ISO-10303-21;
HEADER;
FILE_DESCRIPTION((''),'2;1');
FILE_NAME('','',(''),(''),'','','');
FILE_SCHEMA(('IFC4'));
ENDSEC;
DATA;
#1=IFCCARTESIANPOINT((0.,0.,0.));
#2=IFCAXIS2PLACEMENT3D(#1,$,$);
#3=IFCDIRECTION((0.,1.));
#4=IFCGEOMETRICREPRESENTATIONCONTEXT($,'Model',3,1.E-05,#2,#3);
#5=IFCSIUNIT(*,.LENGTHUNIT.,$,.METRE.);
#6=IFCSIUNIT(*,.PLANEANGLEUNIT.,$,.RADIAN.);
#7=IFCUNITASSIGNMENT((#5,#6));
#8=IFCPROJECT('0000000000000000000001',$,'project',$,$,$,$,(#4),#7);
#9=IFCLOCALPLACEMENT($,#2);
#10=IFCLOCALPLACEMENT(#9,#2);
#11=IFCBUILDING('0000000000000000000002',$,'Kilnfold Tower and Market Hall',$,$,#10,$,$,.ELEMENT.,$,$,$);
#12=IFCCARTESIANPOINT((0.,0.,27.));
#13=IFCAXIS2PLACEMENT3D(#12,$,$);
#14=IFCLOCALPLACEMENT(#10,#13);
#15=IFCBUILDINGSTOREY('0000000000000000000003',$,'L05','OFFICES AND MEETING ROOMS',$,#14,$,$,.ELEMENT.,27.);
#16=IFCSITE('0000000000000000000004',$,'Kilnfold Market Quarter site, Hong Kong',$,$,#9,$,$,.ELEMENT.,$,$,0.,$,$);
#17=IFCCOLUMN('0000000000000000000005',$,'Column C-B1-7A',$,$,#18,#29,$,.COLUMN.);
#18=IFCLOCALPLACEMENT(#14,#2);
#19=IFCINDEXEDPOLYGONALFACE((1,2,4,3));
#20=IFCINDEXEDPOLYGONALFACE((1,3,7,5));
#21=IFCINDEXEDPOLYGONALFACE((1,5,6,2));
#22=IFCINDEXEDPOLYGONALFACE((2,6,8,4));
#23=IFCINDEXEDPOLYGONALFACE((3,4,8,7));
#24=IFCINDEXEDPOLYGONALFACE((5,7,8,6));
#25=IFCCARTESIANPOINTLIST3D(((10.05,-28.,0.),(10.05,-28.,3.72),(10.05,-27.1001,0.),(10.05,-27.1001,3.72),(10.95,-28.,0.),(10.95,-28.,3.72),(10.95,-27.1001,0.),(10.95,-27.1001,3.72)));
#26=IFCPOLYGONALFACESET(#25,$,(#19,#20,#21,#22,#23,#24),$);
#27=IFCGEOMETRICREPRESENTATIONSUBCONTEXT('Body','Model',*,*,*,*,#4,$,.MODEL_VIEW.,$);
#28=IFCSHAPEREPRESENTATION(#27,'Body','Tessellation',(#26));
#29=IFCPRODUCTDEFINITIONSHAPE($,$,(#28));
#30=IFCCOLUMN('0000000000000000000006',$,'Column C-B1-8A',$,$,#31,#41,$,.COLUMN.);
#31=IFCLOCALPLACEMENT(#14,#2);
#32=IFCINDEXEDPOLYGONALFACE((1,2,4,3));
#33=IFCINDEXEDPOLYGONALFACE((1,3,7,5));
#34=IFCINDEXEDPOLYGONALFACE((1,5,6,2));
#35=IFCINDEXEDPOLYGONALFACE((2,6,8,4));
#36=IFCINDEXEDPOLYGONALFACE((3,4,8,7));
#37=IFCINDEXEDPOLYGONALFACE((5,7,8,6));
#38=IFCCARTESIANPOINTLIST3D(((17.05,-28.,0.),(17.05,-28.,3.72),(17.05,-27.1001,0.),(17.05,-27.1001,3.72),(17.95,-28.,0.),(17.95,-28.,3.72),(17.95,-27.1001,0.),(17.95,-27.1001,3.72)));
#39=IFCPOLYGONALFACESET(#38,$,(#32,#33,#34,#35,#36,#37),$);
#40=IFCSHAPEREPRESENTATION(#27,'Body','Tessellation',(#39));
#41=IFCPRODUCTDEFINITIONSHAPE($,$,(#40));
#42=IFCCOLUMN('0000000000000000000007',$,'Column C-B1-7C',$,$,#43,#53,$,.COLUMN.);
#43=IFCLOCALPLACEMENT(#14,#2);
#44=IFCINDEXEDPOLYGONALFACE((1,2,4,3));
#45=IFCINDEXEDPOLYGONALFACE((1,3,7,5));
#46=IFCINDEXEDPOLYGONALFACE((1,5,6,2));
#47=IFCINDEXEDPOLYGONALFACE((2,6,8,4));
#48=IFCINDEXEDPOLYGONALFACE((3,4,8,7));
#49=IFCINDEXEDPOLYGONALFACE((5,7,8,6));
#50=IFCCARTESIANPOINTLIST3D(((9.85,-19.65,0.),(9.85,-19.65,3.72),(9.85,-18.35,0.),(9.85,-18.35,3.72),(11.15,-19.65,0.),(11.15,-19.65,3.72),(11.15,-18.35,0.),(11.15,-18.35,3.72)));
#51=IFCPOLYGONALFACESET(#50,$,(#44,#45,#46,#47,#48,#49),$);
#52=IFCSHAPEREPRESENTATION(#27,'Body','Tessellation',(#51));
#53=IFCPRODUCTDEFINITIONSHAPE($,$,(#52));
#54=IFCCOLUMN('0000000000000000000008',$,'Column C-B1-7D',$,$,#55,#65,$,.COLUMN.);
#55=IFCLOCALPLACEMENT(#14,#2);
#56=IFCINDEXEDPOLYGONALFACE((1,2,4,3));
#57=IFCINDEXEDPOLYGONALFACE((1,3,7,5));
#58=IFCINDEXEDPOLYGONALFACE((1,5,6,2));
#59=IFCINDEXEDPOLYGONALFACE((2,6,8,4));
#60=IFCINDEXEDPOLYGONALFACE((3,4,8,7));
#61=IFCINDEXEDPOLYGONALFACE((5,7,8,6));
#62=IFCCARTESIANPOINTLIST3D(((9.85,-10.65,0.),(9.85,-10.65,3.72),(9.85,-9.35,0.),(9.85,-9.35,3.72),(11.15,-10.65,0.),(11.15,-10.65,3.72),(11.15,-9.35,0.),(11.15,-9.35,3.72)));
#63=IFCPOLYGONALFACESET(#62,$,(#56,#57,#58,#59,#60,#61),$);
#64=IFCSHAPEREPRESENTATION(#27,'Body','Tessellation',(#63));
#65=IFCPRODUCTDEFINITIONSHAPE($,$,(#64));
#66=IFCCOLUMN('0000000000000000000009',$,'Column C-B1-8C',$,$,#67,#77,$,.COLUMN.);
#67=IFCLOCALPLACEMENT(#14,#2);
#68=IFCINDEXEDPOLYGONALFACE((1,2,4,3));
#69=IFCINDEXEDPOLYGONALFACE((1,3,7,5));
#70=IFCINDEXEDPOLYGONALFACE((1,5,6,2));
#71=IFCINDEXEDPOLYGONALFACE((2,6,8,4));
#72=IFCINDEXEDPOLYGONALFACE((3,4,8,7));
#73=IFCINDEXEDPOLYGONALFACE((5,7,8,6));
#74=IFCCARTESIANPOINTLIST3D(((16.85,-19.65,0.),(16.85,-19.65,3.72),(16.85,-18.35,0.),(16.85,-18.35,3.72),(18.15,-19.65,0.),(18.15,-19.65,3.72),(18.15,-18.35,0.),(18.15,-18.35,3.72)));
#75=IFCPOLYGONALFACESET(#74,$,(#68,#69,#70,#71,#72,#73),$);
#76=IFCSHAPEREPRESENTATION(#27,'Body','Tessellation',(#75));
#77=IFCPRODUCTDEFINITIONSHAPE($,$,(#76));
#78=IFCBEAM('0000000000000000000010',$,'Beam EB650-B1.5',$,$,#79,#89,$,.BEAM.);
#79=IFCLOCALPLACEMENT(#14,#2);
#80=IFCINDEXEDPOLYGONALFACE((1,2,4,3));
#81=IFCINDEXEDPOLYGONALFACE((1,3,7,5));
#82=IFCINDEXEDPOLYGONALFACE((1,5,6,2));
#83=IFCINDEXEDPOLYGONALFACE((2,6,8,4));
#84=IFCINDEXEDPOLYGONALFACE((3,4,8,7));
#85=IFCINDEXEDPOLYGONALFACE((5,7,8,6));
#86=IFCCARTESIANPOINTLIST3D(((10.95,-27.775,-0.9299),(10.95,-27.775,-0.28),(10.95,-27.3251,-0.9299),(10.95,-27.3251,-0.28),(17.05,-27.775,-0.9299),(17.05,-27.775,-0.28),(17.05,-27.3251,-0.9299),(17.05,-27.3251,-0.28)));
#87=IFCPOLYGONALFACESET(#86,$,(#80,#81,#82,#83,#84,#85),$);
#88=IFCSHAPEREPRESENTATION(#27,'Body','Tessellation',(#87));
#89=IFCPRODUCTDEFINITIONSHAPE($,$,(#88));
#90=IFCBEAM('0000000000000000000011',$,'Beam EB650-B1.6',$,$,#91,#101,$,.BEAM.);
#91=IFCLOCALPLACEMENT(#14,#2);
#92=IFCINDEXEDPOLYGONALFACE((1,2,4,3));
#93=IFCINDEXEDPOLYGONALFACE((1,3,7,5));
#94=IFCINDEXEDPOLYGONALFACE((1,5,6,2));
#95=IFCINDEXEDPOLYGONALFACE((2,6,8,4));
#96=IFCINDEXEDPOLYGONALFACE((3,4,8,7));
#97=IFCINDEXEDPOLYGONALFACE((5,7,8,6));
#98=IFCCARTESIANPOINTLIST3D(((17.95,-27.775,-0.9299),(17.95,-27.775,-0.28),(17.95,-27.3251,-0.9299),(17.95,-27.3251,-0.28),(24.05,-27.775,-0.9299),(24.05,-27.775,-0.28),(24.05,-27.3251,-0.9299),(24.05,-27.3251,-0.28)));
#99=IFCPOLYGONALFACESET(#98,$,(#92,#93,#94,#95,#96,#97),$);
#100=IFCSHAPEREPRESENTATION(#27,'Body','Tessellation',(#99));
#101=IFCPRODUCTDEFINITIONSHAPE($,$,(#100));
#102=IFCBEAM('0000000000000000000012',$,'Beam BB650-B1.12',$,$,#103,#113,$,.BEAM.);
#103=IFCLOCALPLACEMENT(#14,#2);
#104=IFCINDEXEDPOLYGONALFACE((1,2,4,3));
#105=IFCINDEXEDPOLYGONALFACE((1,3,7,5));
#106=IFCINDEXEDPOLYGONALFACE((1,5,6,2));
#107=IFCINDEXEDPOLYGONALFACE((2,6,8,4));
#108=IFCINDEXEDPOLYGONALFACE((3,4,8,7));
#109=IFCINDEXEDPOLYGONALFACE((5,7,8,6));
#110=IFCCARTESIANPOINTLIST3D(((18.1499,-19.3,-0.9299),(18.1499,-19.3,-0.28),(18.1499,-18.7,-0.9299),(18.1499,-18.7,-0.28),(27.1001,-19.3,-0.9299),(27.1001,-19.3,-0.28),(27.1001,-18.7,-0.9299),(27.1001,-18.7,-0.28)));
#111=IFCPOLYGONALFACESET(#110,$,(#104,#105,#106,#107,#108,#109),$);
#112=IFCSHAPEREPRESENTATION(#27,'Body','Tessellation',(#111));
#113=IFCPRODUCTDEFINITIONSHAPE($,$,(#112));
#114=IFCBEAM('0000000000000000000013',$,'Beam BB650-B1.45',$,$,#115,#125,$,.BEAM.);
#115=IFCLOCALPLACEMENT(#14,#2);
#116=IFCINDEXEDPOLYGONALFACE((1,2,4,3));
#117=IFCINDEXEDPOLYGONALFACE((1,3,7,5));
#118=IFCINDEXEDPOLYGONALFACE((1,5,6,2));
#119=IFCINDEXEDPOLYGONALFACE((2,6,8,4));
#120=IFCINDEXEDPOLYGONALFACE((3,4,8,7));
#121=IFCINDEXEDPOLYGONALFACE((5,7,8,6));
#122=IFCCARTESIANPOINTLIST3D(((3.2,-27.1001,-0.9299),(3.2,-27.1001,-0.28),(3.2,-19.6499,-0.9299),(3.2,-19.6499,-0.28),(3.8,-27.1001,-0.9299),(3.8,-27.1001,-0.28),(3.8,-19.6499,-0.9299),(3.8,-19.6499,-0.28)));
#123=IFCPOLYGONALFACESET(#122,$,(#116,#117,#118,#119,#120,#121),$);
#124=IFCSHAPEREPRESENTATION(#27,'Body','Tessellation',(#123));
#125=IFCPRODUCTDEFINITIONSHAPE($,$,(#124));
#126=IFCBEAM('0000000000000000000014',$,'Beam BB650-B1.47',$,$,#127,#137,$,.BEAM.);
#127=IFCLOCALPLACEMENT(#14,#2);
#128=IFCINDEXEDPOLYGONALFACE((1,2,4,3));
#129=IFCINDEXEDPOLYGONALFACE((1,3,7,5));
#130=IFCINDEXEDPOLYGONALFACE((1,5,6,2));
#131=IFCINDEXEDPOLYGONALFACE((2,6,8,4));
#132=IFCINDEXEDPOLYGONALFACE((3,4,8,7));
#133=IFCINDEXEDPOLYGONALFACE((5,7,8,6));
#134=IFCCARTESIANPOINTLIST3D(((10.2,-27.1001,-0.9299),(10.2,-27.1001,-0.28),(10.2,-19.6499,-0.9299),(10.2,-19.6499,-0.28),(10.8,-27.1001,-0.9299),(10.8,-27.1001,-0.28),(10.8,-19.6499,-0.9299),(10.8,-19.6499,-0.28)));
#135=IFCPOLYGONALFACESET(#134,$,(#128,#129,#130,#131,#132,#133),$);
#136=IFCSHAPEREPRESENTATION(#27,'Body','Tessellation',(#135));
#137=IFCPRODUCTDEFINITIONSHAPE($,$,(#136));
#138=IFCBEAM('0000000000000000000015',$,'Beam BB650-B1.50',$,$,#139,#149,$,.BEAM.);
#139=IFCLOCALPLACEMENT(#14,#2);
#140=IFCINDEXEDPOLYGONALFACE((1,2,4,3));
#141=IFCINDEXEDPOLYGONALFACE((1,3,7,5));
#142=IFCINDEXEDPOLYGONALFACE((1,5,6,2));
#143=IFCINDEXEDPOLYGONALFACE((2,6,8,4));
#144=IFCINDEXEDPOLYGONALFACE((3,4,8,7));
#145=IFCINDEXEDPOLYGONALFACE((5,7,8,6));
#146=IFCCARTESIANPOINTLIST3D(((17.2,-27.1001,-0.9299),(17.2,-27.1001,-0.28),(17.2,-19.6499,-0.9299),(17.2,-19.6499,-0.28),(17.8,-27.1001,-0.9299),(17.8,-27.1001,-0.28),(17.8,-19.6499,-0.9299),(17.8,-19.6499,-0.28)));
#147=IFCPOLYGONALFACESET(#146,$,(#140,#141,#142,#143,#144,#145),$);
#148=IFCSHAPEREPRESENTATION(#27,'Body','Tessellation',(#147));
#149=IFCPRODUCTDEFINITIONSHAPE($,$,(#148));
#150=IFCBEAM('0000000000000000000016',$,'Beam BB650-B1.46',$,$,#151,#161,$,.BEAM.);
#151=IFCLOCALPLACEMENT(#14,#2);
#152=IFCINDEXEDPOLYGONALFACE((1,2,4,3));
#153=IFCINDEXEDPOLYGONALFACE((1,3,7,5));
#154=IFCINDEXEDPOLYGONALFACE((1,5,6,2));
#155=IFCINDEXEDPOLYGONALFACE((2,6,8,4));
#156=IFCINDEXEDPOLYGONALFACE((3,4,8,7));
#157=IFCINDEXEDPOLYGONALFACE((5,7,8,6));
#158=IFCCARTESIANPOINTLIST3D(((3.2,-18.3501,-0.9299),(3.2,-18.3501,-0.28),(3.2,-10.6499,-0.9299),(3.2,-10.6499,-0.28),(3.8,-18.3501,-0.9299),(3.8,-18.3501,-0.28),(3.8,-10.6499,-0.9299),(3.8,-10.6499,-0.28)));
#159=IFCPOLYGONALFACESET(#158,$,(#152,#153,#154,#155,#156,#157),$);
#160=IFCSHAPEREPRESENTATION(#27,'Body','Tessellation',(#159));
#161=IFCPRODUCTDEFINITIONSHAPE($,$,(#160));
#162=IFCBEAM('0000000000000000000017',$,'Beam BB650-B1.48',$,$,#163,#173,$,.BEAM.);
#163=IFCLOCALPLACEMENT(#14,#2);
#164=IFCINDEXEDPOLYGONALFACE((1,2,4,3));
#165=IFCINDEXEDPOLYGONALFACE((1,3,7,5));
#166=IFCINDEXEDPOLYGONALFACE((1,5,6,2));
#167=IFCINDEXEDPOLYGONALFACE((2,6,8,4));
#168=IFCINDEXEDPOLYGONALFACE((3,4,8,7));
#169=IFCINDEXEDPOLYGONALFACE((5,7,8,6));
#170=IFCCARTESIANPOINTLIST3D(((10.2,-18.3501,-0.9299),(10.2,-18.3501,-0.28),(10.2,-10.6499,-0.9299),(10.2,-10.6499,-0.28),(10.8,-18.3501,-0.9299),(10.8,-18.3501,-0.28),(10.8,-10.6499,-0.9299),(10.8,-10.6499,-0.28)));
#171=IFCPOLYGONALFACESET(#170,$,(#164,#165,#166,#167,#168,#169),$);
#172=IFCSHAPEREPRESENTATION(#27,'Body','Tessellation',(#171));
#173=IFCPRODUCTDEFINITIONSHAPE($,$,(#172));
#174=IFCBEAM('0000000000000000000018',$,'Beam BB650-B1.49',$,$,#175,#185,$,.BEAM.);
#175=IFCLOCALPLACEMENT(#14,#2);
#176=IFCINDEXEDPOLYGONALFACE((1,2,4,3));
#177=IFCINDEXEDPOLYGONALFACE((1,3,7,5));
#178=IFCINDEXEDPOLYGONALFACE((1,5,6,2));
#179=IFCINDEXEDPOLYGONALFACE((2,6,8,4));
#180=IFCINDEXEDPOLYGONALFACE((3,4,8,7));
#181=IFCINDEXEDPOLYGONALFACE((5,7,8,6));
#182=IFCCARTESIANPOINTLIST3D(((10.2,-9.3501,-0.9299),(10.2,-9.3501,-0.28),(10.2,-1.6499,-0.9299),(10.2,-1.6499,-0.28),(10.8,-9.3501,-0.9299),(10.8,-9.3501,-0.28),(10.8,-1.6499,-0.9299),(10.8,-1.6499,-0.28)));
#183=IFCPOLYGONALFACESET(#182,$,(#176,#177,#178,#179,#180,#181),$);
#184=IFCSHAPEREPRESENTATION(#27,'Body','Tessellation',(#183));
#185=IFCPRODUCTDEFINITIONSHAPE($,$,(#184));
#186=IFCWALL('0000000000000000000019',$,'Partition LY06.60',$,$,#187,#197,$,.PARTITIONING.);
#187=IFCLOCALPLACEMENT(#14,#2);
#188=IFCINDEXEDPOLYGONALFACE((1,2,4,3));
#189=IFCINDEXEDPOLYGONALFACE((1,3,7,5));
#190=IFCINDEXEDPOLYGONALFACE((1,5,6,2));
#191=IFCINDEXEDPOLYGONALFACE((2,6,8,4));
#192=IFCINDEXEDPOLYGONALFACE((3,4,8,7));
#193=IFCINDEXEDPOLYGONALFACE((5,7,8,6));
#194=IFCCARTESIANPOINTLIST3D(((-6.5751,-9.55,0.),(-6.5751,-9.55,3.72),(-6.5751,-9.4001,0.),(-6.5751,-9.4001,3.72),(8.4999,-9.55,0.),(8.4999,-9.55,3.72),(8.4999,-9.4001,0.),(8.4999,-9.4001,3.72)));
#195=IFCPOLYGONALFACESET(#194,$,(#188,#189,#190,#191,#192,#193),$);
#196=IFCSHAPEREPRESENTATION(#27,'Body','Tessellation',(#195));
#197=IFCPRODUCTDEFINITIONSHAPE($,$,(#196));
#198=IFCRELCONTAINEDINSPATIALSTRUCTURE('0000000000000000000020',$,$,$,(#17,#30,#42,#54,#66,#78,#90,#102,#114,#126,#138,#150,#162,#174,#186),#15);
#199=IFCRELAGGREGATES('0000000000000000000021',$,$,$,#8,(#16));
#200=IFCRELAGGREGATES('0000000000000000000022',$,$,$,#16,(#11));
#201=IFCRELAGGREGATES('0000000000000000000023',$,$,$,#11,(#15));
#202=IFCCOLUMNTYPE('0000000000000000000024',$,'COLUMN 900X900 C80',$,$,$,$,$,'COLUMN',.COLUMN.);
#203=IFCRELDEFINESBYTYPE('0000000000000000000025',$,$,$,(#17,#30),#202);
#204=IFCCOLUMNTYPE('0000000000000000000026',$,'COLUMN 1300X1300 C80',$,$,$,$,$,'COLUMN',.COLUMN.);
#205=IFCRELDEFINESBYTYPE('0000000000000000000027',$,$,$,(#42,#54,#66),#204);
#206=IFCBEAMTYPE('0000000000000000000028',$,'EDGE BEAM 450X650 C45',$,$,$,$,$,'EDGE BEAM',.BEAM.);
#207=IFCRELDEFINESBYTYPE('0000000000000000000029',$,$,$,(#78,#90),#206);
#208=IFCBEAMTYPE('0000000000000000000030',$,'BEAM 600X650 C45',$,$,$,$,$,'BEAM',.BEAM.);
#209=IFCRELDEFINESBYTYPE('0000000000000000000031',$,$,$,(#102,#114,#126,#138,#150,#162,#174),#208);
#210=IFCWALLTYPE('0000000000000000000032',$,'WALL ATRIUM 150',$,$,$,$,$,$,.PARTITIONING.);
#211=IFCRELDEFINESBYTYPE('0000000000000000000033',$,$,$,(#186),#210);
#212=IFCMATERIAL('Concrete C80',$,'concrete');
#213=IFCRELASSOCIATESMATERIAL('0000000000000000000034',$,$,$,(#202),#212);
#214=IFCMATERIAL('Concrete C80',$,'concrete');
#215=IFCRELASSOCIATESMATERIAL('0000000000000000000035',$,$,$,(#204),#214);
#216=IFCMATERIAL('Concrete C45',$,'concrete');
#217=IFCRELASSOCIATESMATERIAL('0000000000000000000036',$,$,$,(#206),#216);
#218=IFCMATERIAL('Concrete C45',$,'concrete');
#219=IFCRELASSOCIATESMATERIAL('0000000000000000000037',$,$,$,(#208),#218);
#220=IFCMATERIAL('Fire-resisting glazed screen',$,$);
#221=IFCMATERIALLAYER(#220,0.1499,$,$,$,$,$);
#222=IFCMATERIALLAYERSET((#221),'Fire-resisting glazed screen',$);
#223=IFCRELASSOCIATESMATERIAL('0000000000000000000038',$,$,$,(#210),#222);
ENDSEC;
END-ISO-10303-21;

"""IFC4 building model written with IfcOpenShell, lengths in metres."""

from ifc_helpers import new_model, si_unit, direction, frame, frame_2d, origin, origin_2d, place, context, subcontext, project, spatial, rectangle, extrude, source, transform, mapped, material, layer, layer_set, material_profile, profile_set, type_object, element, save


model = new_model("IFC4")

# Units and contexts
model_context = context("Model", 3, precision=1e-05, world=origin(), true_north=direction((0.0, 1.0)))
body_context = subcontext(model_context, "Body", "Model", "MODEL_VIEW")
ifc_project = project(units=[si_unit("LENGTHUNIT", "METRE"), si_unit("PLANEANGLEUNIT", "RADIAN")], contexts=[model_context])

# Site, building, storey
site_placement = place(None, origin())
site = spatial("IfcSite", under=ifc_project, at=site_placement, Name="Kilnfold Market Quarter site, Hong Kong", CompositionType="ELEMENT", RefElevation=0.0)
building_placement = place(site_placement, origin())
building = spatial("IfcBuilding", under=site, at=building_placement, Name="Kilnfold Tower and Market Hall", CompositionType="ELEMENT")
storey_placement = place(building_placement, frame((0.0, 0.0, 27.0)))
storey = spatial("IfcBuildingStorey", under=building, at=storey_placement, Name="L05", Description="OFFICES AND MEETING ROOMS", CompositionType="ELEMENT", Elevation=27.0)

# Columns
ifc_material_1 = material(Name="Concrete C80", Category="concrete")
ifc_material_profile_1 = material_profile(ifc_material_1, rectangle(XDim=0.8999, YDim=0.8999, at=origin_2d()), Name="RC 900x900")
ifc_profile_set_1 = profile_set([ifc_material_profile_1], Name="Concrete C80")
column_type_1 = type_object("IfcColumnType", Name="COLUMN 900X900 C80", ElementType="COLUMN", PredefinedType="COLUMN", material=ifc_profile_set_1)
shared_shape_1 = source(origin(), body_context, "Body", "SweptSolid", [
    extrude(rectangle(XDim=0.8999, YDim=0.8999, at=origin_2d()), origin(), (0.0, 0.0, 1.0), 3.72),
])
for number, where, z_axis, x_axis, name in (
    (1, (10.5, -27.55, 0.0), (0.0, 0.0, 1.0), (1.0, 0.0, 0.0), "Column C-B1-7A"),
    (2, (17.5, -27.55, 0.0), (0.0, 0.0, 1.0), (1.0, 0.0, 0.0), "Column C-B1-8A"),
):
    element("IfcColumn", number, at=place(storey_placement, frame(where, z_axis=z_axis, x_axis=x_axis)), inside=storey, type_object=column_type_1, Name=name, PredefinedType="COLUMN", context=body_context, shape_type="MappedRepresentation", body=[
        mapped(shared_shape_1, transform((0.0, 0.0, 0.0))),
    ])
ifc_material_2 = material(Name="Concrete C80", Category="concrete")
ifc_material_profile_2 = material_profile(ifc_material_2, rectangle(XDim=1.3, YDim=1.3, at=origin_2d()), Name="RC 1300x1300")
ifc_profile_set_2 = profile_set([ifc_material_profile_2], Name="Concrete C80")
column_type_2 = type_object("IfcColumnType", Name="COLUMN 1300X1300 C80", ElementType="COLUMN", PredefinedType="COLUMN", material=ifc_profile_set_2)
shared_shape_2 = source(origin(), body_context, "Body", "SweptSolid", [
    extrude(rectangle(XDim=1.3, YDim=1.3, at=origin_2d()), origin(), (0.0, 0.0, 1.0), 3.72),
])
for number, where, z_axis, x_axis, name in (
    (3, (10.5, -19.0, 0.0), (0.0, 0.0, 1.0), (1.0, 0.0, 0.0), "Column C-B1-7C"),
    (4, (10.5, -10.0, 0.0), (0.0, 0.0, 1.0), (1.0, 0.0, 0.0), "Column C-B1-7D"),
    (5, (17.5, -19.0, 0.0), (0.0, 0.0, 1.0), (1.0, 0.0, 0.0), "Column C-B1-8C"),
):
    element("IfcColumn", number, at=place(storey_placement, frame(where, z_axis=z_axis, x_axis=x_axis)), inside=storey, type_object=column_type_2, Name=name, PredefinedType="COLUMN", context=body_context, shape_type="MappedRepresentation", body=[
        mapped(shared_shape_2, transform((0.0, 0.0, 0.0))),
    ])

# Beams
ifc_material_3 = material(Name="Concrete C45", Category="concrete")
ifc_material_profile_3 = material_profile(ifc_material_3, rectangle(XDim=0.45, YDim=0.6499, at=origin_2d()), Name="RC 450x650")
ifc_profile_set_3 = profile_set([ifc_material_profile_3], Name="Concrete C45")
beam_type_1 = type_object("IfcBeamType", Name="EDGE BEAM 450X650 C45", ElementType="EDGE BEAM", PredefinedType="BEAM", material=ifc_profile_set_3)
shared_shape_3 = source(origin(), body_context, "Body", "SweptSolid", [
    extrude(rectangle(XDim=0.45, YDim=0.6499, at=origin_2d()), origin(), (0.0, 0.0, 1.0), 6.1001),
])
for number, where, z_axis, x_axis, name in (
    (6, (10.95, -27.55, -0.605), (1.0, 0.0, 0.0), (0.0, 1.0, 0.0), "Beam EB650-B1.5"),
    (7, (17.95, -27.55, -0.605), (1.0, 0.0, 0.0), (0.0, 1.0, 0.0), "Beam EB650-B1.6"),
):
    element("IfcBeam", number, at=place(storey_placement, frame(where, z_axis=z_axis, x_axis=x_axis)), inside=storey, type_object=beam_type_1, Name=name, PredefinedType="BEAM", context=body_context, shape_type="MappedRepresentation", body=[
        mapped(shared_shape_3, transform((0.0, 0.0, 0.0))),
    ])
ifc_material_4 = material(Name="Concrete C45", Category="concrete")
ifc_material_profile_4 = material_profile(ifc_material_4, rectangle(XDim=0.6001, YDim=0.6499, at=origin_2d()), Name="RC 600x650")
ifc_profile_set_4 = profile_set([ifc_material_profile_4], Name="Concrete C45")
beam_type_2 = type_object("IfcBeamType", Name="BEAM 600X650 C45", ElementType="BEAM", PredefinedType="BEAM", material=ifc_profile_set_4)
shared_shape_4 = source(origin(), body_context, "Body", "SweptSolid", [
    extrude(rectangle(XDim=0.6001, YDim=0.6499, at=origin_2d()), origin(), (0.0, 0.0, 1.0), 8.9502),
])
beam_placement = place(storey_placement, frame((18.1499, -19.0, -0.605), z_axis=(1.0, 0.0, 0.0), x_axis=(0.0, 1.0, 0.0)))
element("IfcBeam", 8, at=beam_placement, inside=storey, type_object=beam_type_2, Name="Beam BB650-B1.12", PredefinedType="BEAM", context=body_context, shape_type="MappedRepresentation", body=[
    mapped(shared_shape_4, transform((0.0, 0.0, 0.0))),
])
shared_shape_5 = source(origin(), body_context, "Body", "SweptSolid", [
    extrude(rectangle(XDim=0.6001, YDim=0.6499, at=origin_2d()), origin(), (0.0, 0.0, 1.0), 7.4502),
])
for number, where, z_axis, x_axis, name in (
    (9, (3.5, -27.1001, -0.605), (0.0, 1.0, 0.0), (-1.0, 0.0, 0.0), "Beam BB650-B1.45"),
    (10, (10.5, -27.1001, -0.605), (0.0, 1.0, 0.0), (-1.0, 0.0, 0.0), "Beam BB650-B1.47"),
    (11, (17.5, -27.1001, -0.605), (0.0, 1.0, 0.0), (-1.0, 0.0, 0.0), "Beam BB650-B1.50"),
):
    element("IfcBeam", number, at=place(storey_placement, frame(where, z_axis=z_axis, x_axis=x_axis)), inside=storey, type_object=beam_type_2, Name=name, PredefinedType="BEAM", context=body_context, shape_type="MappedRepresentation", body=[
        mapped(shared_shape_5, transform((0.0, 0.0, 0.0))),
    ])
shared_shape_6 = source(origin(), body_context, "Body", "SweptSolid", [
    extrude(rectangle(XDim=0.6001, YDim=0.6499, at=origin_2d()), origin(), (0.0, 0.0, 1.0), 7.7002),
])
for number, where, z_axis, x_axis, name in (
    (12, (3.5, -18.3501, -0.605), (0.0, 1.0, 0.0), (-1.0, 0.0, 0.0), "Beam BB650-B1.46"),
    (13, (10.5, -18.3501, -0.605), (0.0, 1.0, 0.0), (-1.0, 0.0, 0.0), "Beam BB650-B1.48"),
    (14, (10.5, -9.3501, -0.605), (0.0, 1.0, 0.0), (-1.0, 0.0, 0.0), "Beam BB650-B1.49"),
):
    element("IfcBeam", number, at=place(storey_placement, frame(where, z_axis=z_axis, x_axis=x_axis)), inside=storey, type_object=beam_type_2, Name=name, PredefinedType="BEAM", context=body_context, shape_type="MappedRepresentation", body=[
        mapped(shared_shape_6, transform((0.0, 0.0, 0.0))),
    ])

# Wall
ifc_material_5 = material(Name="Fire-resisting glazed screen")
ifc_layer_1 = layer(ifc_material_5, 0.1499)
ifc_layer_set_1 = layer_set([ifc_layer_1], Name="Fire-resisting glazed screen")
wall_type_1 = type_object("IfcWallType", Name="WALL ATRIUM 150", PredefinedType="PARTITIONING", material=ifc_layer_set_1)
wall_1_placement = place(storey_placement, frame((8.5, -9.4751, 0.0), z_axis=(0.0, 0.0, 1.0), x_axis=(-1.0, 0.0, 0.0)))
element("IfcWall", 15, at=wall_1_placement, inside=storey, type_object=wall_type_1, Name="Partition LY06.60", PredefinedType="PARTITIONING", context=body_context, shape_type="SweptSolid", body=[
    extrude(rectangle(XDim=15.075, YDim=0.1499, at=frame_2d((7.5376, 0.0))), origin(), (0.0, 0.0, 1.0), 3.72),
])

save(model, "model.ifc")
